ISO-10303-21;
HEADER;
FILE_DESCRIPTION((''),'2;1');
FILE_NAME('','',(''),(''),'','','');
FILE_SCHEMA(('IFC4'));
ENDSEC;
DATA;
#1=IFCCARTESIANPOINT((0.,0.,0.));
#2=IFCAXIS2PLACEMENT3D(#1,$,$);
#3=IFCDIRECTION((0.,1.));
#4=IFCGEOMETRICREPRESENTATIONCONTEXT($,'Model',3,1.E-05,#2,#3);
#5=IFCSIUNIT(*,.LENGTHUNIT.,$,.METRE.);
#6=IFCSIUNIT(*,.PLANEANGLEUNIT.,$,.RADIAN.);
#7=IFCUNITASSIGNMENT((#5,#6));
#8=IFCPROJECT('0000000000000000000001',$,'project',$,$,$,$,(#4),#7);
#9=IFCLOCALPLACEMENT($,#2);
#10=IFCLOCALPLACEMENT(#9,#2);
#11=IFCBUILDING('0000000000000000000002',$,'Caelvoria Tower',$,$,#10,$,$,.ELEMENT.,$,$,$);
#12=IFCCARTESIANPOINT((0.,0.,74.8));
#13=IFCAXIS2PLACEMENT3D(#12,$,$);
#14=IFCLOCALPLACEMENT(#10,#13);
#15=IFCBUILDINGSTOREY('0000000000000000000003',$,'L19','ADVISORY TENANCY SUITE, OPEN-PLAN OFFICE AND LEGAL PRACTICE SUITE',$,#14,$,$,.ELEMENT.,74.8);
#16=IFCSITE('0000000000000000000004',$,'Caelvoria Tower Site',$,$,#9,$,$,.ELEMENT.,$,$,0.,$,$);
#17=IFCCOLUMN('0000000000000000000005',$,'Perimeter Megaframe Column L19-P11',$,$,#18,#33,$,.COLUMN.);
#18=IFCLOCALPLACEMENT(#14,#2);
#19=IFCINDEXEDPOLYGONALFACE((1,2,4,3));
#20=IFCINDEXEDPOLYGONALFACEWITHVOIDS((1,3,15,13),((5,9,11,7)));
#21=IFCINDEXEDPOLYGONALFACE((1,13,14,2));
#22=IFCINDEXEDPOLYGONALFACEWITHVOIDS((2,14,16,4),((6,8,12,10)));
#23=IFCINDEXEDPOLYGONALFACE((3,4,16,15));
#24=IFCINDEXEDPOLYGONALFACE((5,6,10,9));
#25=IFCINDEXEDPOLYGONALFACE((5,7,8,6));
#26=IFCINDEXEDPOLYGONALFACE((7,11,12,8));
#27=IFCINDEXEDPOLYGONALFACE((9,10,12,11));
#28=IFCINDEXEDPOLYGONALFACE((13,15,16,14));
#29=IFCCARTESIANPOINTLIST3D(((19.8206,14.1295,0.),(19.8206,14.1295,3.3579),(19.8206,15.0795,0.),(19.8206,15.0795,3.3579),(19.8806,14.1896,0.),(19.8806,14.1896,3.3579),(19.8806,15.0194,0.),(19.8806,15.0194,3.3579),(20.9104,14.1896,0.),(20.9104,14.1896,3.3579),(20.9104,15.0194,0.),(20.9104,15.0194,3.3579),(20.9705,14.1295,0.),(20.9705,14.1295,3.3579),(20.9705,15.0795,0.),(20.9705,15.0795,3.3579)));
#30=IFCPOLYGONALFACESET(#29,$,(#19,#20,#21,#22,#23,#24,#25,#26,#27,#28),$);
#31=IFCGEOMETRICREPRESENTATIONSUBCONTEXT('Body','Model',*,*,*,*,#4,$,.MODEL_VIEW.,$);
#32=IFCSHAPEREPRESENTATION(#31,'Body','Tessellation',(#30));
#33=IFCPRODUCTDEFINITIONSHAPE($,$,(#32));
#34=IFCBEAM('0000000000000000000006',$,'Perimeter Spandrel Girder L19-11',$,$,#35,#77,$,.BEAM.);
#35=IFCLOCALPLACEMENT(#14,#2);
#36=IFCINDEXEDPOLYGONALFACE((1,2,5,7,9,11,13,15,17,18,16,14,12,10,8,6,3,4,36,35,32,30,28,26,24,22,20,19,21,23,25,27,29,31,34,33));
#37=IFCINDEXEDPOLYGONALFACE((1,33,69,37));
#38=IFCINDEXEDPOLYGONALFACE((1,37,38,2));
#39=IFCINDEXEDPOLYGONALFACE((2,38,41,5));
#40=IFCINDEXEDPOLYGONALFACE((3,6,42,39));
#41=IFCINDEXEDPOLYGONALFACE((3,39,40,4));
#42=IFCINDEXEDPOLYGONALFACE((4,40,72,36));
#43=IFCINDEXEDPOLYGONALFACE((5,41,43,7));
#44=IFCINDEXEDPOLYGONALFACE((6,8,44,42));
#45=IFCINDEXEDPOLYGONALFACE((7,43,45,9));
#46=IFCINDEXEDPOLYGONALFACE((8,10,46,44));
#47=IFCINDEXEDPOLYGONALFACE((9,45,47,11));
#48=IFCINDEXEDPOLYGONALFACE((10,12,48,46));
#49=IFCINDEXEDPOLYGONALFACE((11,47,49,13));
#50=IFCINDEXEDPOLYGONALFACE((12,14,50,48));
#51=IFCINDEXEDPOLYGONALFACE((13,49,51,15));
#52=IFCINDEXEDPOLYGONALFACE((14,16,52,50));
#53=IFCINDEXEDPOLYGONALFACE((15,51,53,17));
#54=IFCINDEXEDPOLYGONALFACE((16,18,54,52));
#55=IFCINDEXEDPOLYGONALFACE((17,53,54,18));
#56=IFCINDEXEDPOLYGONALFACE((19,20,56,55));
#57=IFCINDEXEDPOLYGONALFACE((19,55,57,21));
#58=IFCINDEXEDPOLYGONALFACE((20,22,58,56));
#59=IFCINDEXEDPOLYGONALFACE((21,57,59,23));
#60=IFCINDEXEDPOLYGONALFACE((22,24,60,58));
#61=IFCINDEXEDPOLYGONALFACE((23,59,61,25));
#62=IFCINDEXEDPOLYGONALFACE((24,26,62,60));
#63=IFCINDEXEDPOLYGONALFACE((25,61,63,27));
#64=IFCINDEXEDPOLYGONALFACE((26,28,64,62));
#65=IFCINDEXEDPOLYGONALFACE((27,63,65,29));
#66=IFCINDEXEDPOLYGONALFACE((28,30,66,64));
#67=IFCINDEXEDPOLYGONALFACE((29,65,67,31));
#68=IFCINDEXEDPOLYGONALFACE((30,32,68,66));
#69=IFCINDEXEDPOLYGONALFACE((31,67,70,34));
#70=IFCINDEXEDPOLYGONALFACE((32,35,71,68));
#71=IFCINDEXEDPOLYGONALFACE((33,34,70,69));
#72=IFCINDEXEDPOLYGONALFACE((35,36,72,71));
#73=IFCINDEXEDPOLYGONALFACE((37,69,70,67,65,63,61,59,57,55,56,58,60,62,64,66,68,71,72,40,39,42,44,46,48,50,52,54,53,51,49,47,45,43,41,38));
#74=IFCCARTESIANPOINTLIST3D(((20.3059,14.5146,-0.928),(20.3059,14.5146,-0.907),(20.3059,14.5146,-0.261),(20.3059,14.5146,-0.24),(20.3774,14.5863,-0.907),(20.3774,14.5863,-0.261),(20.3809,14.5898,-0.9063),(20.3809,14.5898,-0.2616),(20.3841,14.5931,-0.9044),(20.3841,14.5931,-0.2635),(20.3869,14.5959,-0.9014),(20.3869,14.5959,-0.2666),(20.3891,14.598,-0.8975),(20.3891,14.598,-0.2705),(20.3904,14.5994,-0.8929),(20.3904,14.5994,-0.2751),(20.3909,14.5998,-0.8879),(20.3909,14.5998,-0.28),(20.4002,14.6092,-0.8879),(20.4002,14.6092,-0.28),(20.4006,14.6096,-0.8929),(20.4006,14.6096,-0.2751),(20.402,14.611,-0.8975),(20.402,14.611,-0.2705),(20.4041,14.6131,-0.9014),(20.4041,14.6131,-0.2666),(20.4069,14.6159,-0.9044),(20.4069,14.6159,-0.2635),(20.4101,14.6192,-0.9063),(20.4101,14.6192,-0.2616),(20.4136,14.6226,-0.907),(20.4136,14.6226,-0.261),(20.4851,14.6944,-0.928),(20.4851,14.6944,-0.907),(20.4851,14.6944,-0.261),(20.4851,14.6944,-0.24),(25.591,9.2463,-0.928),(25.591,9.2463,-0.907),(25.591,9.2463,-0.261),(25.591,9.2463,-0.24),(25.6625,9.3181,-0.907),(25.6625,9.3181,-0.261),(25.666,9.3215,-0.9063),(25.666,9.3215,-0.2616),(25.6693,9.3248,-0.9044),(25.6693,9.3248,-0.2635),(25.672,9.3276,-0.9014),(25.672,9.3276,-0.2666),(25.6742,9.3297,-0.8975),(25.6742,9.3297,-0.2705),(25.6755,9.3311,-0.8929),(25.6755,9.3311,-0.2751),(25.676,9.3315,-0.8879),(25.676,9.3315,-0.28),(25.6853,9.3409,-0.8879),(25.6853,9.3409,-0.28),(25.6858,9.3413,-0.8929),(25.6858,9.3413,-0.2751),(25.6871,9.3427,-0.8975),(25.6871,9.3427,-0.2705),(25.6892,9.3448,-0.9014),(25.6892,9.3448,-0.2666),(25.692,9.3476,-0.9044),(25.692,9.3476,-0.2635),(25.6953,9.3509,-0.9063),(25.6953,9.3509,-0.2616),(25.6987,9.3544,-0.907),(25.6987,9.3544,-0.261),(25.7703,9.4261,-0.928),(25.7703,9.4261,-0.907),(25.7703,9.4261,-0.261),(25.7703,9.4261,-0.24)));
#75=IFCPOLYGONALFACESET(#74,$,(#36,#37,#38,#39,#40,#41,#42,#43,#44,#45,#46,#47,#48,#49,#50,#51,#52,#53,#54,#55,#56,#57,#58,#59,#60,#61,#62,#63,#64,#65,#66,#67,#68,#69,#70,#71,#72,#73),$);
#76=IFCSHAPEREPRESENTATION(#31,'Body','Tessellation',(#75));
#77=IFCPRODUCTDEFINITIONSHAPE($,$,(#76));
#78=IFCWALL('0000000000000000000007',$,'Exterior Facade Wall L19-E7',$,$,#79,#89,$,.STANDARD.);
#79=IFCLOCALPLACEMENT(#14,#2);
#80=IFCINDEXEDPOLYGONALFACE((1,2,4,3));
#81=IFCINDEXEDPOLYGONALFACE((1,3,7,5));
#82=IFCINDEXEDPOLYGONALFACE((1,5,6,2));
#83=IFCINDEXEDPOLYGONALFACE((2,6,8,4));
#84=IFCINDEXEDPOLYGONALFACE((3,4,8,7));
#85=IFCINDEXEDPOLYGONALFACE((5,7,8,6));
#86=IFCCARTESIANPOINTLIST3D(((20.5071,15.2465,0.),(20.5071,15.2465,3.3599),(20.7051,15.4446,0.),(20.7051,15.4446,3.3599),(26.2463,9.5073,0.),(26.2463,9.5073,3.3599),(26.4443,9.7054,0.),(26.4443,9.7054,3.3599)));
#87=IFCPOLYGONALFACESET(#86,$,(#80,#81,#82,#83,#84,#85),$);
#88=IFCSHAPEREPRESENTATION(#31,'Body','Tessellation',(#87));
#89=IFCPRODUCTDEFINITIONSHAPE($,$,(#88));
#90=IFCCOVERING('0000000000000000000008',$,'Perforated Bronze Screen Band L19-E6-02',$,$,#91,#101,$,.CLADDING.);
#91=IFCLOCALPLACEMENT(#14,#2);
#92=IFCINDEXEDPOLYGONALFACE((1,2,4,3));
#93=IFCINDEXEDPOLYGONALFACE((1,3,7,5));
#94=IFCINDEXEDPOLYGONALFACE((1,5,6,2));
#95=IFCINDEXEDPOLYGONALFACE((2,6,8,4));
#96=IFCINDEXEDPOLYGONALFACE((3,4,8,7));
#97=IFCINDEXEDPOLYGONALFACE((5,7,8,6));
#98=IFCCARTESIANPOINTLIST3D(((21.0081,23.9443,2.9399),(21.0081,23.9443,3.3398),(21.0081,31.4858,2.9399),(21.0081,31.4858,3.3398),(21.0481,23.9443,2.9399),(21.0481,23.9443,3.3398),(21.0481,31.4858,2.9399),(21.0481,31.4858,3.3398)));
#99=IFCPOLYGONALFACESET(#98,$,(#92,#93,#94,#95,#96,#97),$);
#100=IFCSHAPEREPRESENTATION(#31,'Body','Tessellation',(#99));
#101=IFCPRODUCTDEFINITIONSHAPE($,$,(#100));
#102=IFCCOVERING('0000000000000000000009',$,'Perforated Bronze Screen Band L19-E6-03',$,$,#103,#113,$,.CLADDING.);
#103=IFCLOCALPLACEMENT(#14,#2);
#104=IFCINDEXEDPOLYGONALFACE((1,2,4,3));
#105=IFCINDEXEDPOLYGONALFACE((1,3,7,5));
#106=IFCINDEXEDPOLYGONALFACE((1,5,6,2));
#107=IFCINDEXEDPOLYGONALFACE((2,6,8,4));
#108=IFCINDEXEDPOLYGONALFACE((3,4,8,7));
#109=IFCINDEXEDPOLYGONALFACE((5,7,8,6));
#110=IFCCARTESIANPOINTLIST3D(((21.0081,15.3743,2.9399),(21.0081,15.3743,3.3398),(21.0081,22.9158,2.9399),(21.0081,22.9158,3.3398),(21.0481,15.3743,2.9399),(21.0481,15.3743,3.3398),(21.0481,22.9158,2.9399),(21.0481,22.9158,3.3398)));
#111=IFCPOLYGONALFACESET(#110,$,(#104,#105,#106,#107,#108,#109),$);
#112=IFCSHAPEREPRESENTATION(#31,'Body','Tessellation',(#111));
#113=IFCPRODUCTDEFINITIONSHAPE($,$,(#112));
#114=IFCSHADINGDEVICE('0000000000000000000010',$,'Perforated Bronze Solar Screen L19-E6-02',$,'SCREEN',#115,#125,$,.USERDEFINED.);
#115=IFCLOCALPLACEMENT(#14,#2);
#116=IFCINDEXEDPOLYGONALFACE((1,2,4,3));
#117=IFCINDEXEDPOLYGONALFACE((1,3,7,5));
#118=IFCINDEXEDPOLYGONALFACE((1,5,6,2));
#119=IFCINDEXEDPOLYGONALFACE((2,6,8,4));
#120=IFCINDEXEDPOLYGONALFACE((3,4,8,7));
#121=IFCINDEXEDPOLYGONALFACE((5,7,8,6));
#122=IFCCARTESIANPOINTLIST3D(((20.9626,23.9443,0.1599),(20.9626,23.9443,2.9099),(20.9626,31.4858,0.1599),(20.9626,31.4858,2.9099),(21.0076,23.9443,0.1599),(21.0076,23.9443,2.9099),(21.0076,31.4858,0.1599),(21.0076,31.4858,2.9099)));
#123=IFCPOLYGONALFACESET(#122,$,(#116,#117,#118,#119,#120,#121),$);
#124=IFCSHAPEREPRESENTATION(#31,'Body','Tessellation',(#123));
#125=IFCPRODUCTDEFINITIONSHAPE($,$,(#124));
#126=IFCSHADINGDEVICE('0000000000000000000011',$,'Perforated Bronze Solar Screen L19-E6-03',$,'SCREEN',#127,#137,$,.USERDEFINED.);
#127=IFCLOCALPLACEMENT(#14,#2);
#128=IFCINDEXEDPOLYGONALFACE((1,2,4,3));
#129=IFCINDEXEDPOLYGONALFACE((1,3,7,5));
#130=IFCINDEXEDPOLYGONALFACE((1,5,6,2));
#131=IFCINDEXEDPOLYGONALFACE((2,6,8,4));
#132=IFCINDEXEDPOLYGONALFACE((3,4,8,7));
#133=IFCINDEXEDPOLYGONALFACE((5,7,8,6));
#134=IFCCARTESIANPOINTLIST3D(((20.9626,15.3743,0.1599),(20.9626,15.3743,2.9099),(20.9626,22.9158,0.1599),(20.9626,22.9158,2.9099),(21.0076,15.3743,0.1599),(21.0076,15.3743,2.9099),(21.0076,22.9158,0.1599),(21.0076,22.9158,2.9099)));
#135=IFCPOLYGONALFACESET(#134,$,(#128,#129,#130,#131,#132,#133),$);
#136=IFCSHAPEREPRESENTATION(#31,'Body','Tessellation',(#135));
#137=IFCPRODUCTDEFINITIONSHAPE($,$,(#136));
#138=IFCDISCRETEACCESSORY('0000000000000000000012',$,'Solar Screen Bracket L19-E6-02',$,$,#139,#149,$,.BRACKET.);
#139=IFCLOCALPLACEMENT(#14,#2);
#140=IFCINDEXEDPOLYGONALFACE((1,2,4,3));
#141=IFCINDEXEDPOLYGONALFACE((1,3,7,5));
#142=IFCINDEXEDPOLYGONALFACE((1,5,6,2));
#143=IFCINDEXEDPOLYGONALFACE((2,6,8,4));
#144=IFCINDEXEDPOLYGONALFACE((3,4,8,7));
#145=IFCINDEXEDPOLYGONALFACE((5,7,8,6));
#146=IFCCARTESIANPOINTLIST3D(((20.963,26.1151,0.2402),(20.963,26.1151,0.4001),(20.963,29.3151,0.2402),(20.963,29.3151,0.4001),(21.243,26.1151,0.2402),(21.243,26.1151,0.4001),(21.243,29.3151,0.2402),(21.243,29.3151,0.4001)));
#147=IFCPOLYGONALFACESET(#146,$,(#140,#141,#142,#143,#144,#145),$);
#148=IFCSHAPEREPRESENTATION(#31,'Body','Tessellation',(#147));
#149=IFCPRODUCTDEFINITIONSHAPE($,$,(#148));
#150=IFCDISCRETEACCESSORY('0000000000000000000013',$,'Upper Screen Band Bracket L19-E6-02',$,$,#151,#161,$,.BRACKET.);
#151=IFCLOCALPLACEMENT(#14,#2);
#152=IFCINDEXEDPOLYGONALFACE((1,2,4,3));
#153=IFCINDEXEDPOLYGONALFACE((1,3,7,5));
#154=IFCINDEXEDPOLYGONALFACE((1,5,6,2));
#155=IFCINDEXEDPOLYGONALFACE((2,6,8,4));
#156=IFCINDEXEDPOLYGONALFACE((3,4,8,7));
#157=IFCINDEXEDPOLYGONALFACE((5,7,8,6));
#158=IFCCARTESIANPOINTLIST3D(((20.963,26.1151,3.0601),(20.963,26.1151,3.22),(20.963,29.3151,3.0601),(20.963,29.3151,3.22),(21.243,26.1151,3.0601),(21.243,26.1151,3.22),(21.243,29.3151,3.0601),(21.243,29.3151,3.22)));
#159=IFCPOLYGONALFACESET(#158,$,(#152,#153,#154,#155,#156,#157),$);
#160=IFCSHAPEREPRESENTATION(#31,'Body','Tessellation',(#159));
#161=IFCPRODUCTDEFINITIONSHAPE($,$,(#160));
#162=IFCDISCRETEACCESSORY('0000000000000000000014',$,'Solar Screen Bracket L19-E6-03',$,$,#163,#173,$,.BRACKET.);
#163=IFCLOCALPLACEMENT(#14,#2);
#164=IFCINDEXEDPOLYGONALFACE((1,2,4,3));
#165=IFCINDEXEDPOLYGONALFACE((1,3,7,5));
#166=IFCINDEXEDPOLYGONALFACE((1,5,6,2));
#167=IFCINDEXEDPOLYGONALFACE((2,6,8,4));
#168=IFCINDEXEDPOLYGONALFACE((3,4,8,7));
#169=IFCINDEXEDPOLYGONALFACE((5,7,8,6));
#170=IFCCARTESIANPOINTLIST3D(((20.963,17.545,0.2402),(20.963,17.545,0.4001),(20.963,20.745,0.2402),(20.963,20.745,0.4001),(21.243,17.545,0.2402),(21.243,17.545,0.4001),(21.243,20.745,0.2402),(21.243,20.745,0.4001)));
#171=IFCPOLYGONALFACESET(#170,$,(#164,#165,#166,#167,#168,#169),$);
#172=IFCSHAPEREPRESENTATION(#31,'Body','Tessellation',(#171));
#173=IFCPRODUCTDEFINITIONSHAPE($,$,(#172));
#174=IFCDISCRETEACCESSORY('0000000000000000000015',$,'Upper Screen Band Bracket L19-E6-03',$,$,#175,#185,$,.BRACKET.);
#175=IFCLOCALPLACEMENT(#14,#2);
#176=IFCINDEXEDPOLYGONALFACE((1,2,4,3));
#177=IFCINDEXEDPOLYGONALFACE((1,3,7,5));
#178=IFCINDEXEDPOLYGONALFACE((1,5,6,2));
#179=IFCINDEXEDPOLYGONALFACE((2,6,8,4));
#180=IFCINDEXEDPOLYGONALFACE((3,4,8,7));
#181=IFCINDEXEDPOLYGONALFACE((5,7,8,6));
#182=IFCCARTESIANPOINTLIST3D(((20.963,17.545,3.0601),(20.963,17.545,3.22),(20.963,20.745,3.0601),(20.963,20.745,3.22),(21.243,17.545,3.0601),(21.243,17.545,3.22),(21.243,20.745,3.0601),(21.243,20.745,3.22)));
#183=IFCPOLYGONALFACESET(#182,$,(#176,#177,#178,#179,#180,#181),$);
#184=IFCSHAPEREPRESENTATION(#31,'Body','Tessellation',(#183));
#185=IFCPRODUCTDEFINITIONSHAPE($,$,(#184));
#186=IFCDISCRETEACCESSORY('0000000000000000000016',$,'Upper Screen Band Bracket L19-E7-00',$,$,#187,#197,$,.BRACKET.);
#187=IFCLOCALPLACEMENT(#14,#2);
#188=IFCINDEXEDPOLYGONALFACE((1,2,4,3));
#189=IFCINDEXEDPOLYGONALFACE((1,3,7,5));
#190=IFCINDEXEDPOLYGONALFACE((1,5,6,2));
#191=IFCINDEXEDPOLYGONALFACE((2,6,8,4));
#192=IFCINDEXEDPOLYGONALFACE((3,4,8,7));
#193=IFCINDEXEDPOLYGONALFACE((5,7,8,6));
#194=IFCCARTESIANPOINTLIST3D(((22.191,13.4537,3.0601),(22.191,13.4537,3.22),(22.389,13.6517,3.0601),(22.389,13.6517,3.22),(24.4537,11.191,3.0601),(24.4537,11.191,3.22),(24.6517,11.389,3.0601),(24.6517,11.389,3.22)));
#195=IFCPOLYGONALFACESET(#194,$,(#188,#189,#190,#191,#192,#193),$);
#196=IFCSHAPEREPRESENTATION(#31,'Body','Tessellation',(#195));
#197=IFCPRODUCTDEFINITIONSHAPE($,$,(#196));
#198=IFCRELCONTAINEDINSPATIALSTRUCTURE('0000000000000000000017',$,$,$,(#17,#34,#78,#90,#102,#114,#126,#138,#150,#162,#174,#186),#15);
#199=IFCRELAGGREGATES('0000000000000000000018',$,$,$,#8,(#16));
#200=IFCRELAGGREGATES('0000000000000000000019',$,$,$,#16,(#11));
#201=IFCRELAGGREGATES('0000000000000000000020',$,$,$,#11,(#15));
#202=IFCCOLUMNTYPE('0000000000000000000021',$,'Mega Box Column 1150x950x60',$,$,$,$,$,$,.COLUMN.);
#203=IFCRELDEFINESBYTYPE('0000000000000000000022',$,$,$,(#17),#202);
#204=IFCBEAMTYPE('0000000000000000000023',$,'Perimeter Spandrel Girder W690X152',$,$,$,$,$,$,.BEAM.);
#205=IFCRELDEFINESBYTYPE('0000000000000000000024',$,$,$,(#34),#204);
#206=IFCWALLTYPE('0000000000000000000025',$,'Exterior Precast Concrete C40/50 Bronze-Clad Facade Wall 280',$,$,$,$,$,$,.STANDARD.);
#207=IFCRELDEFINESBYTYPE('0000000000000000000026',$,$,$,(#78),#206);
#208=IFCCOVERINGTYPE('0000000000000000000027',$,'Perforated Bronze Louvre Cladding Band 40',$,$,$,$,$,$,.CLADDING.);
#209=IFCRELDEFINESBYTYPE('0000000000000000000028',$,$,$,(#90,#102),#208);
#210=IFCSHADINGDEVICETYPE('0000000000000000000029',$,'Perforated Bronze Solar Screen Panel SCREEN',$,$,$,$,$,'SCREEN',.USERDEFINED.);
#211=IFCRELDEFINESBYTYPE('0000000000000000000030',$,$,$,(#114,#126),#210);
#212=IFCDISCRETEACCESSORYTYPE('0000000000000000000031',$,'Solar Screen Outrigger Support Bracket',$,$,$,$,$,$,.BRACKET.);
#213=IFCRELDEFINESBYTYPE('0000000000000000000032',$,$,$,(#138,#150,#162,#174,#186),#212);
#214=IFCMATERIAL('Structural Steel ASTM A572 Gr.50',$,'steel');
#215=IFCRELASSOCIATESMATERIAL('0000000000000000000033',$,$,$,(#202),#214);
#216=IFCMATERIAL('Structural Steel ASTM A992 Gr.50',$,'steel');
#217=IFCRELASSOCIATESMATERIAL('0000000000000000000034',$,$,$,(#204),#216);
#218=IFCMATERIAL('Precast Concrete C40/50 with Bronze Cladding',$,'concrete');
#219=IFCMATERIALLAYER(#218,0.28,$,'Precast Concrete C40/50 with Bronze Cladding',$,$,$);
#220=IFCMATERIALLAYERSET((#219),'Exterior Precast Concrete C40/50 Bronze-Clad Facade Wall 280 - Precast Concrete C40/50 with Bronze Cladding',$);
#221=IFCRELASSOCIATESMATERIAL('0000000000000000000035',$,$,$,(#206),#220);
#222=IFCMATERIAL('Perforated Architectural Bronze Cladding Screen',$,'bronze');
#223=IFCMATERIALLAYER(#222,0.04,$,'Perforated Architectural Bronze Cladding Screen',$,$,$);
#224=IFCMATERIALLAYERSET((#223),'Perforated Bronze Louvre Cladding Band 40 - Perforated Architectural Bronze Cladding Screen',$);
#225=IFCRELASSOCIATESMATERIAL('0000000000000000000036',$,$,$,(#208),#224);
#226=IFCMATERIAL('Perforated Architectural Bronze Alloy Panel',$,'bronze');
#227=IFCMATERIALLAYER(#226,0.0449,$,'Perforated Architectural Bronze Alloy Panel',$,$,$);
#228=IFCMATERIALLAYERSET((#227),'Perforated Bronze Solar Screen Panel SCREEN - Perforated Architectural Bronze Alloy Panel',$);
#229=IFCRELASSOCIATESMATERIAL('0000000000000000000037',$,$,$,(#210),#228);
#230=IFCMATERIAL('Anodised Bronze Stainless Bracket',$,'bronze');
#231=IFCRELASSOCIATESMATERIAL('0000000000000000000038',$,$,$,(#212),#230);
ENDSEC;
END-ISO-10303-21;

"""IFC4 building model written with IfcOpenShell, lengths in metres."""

from ifc_helpers import new_model, si_unit, direction, frame, frame_2d, origin, origin_2d, place, context, subcontext, project, spatial, rectangle, hollow_rectangle, i_section, extrude, material, layer, layer_set, material_profile, profile_set, type_object, element, save


model = new_model("IFC4")

# Units and contexts
model_context = context("Model", 3, precision=1e-05, world=origin(), true_north=direction((0.0, 1.0)))
body_context = subcontext(model_context, "Body", "Model", "MODEL_VIEW")
ifc_project = project(units=[si_unit("LENGTHUNIT", "METRE"), si_unit("PLANEANGLEUNIT", "RADIAN")], contexts=[model_context])

# Site, building, storey
site_placement = place(None, origin())
site = spatial("IfcSite", under=ifc_project, at=site_placement, Name="Caelvoria Tower Site", CompositionType="ELEMENT", RefElevation=0.0)
building_placement = place(site_placement, origin())
building = spatial("IfcBuilding", under=site, at=building_placement, Name="Caelvoria Tower", CompositionType="ELEMENT")
storey_placement = place(building_placement, frame((0.0, 0.0, 74.8)))
storey = spatial("IfcBuildingStorey", under=building, at=storey_placement, Name="L19", Description="ADVISORY TENANCY SUITE, OPEN-PLAN OFFICE AND LEGAL PRACTICE SUITE", CompositionType="ELEMENT", Elevation=74.8)

# Column
ifc_material_1 = material(Name="Structural Steel ASTM A572 Gr.50", Category="steel")
ifc_material_profile_1 = material_profile(ifc_material_1, hollow_rectangle(XDim=0.95, YDim=1.1499, WallThickness=0.0601, at=origin_2d()), Name="Structural Steel ASTM A572 Gr.50")
ifc_profile_set_1 = profile_set([ifc_material_profile_1], Name="BOX1150X950X60 - Structural Steel ASTM A572 Gr.50")
column_type = type_object("IfcColumnType", Name="Mega Box Column 1150x950x60", PredefinedType="COLUMN", material=ifc_profile_set_1)
column_placement = place(storey_placement, frame((20.3955, 14.6045, 0.0), z_axis=(0.0, 0.0, 1.0), x_axis=(0.0, 1.0, 0.0)))
element("IfcColumn", 1, at=column_placement, inside=storey, type_object=column_type, Name="Perimeter Megaframe Column L19-P11", PredefinedType="COLUMN", context=body_context, shape_type="SweptSolid", body=[
    extrude(hollow_rectangle(XDim=0.95, YDim=1.1499, WallThickness=0.0601, at=origin_2d()), origin(), (0.0, 0.0, 1.0), 3.3579),
])

# Beam
ifc_material_2 = material(Name="Structural Steel ASTM A992 Gr.50", Category="steel")
ifc_material_profile_2 = material_profile(ifc_material_2, i_section(OverallWidth=0.2539, OverallDepth=0.688, WebThickness=0.0132, FlangeThickness=0.021, FilletRadius=0.019, at=origin_2d()), Name="Structural Steel ASTM A992 Gr.50")
ifc_profile_set_2 = profile_set([ifc_material_profile_2], Name="W690X152 - Structural Steel ASTM A992 Gr.50")
beam_type = type_object("IfcBeamType", Name="Perimeter Spandrel Girder W690X152", PredefinedType="BEAM", material=ifc_profile_set_2)
beam_placement = place(storey_placement, frame((20.3955, 14.6045, -0.584), z_axis=(0.708235, -0.705977, 0.0), x_axis=(0.705977, 0.708235, 0.0)))
element("IfcBeam", 2, at=beam_placement, inside=storey, type_object=beam_type, Name="Perimeter Spandrel Girder L19-11", PredefinedType="BEAM", context=body_context, shape_type="SweptSolid", body=[
    extrude(i_section(OverallWidth=0.2539, OverallDepth=0.688, WebThickness=0.0132, FlangeThickness=0.021, FilletRadius=0.019, at=origin_2d()), origin(), (0.0, 0.0, 1.0), 7.4624),
])

# Wall
ifc_material_3 = material(Name="Precast Concrete C40/50 with Bronze Cladding", Category="concrete")
ifc_layer_1 = layer(ifc_material_3, 0.28, Name="Precast Concrete C40/50 with Bronze Cladding")
ifc_layer_set_1 = layer_set([ifc_layer_1], Name="Exterior Precast Concrete C40/50 Bronze-Clad Facade Wall 280 - Precast Concrete C40/50 with Bronze Cladding")
wall_type = type_object("IfcWallType", Name="Exterior Precast Concrete C40/50 Bronze-Clad Facade Wall 280", PredefinedType="STANDARD", material=ifc_layer_set_1)
wall_placement = place(storey_placement, frame((20.6062, 15.3455, 0.0), z_axis=(0.0, 0.0, 1.0), x_axis=(0.707107, -0.707107, 0.0)))
element("IfcWall", 3, at=wall_placement, inside=storey, type_object=wall_type, Name="Exterior Facade Wall L19-E7", PredefinedType="STANDARD", context=body_context, shape_type="SweptSolid", body=[
    extrude(rectangle(XDim=8.1165, YDim=0.28, at=frame_2d((4.0581, 0.0))), origin(), (0.0, 0.0, 1.0), 3.3599),
])

# Coverings
ifc_material_4 = material(Name="Perforated Architectural Bronze Cladding Screen", Category="bronze")
ifc_layer_2 = layer(ifc_material_4, 0.04, Name="Perforated Architectural Bronze Cladding Screen")
ifc_layer_set_2 = layer_set([ifc_layer_2], Name="Perforated Bronze Louvre Cladding Band 40 - Perforated Architectural Bronze Cladding Screen")
covering_type = type_object("IfcCoveringType", Name="Perforated Bronze Louvre Cladding Band 40", PredefinedType="CLADDING", material=ifc_layer_set_2)
for number, where, z_axis, x_axis, name in (
    (4, (21.0281, 27.7151, 2.9399), (0.0, 0.0, 1.0), (0.0, -1.0, 0.0), "Perforated Bronze Screen Band L19-E6-02"),
    (5, (21.0281, 19.145, 2.9399), (0.0, 0.0, 1.0), (0.0, -1.0, 0.0), "Perforated Bronze Screen Band L19-E6-03"),
):
    element("IfcCovering", number, at=place(storey_placement, frame(where, z_axis=z_axis, x_axis=x_axis)), inside=storey, type_object=covering_type, Name=name, PredefinedType="CLADDING", context=body_context, shape_type="SweptSolid", body=[
        extrude(rectangle(XDim=7.5415, YDim=0.04, at=origin_2d()), origin(), (0.0, 0.0, 1.0), 0.3999),
    ])

# Shading devices
ifc_material_5 = material(Name="Perforated Architectural Bronze Alloy Panel", Category="bronze")
ifc_layer_3 = layer(ifc_material_5, 0.0449, Name="Perforated Architectural Bronze Alloy Panel")
ifc_layer_set_3 = layer_set([ifc_layer_3], Name="Perforated Bronze Solar Screen Panel SCREEN - Perforated Architectural Bronze Alloy Panel")
shading_device_type = type_object("IfcShadingDeviceType", Name="Perforated Bronze Solar Screen Panel SCREEN", ElementType="SCREEN", PredefinedType="USERDEFINED", material=ifc_layer_set_3)
for number, where, z_axis, x_axis, name in (
    (6, (20.9851, 27.7151, 0.1599), (0.0, 0.0, 1.0), (0.0, -1.0, 0.0), "Perforated Bronze Solar Screen L19-E6-02"),
    (7, (20.9851, 19.145, 0.1599), (0.0, 0.0, 1.0), (0.0, -1.0, 0.0), "Perforated Bronze Solar Screen L19-E6-03"),
):
    element("IfcShadingDevice", number, at=place(storey_placement, frame(where, z_axis=z_axis, x_axis=x_axis)), inside=storey, type_object=shading_device_type, Name=name, ObjectType="SCREEN", PredefinedType="USERDEFINED", context=body_context, shape_type="SweptSolid", body=[
        extrude(rectangle(XDim=7.5415, YDim=0.0449, at=origin_2d()), origin(), (0.0, 0.0, 1.0), 2.75),
    ])

# Discrete accessories
ifc_material_6 = material(Name="Anodised Bronze Stainless Bracket", Category="bronze")
discrete_accessory_type = type_object("IfcDiscreteAccessoryType", Name="Solar Screen Outrigger Support Bracket", PredefinedType="BRACKET", material=ifc_material_6)
for number, where, z_axis, x_axis, name in (
    (8, (21.103, 27.7151, 0.2402), (0.0, 0.0, 1.0), (0.0, -1.0, 0.0), "Solar Screen Bracket L19-E6-02"),
    (9, (21.103, 27.7151, 3.0601), (0.0, 0.0, 1.0), (0.0, -1.0, 0.0), "Upper Screen Band Bracket L19-E6-02"),
    (10, (21.103, 19.145, 0.2402), (0.0, 0.0, 1.0), (0.0, -1.0, 0.0), "Solar Screen Bracket L19-E6-03"),
    (11, (21.103, 19.145, 3.0601), (0.0, 0.0, 1.0), (0.0, -1.0, 0.0), "Upper Screen Band Bracket L19-E6-03"),
    (12, (23.4214, 12.4214, 3.0601), (0.0, 0.0, 1.0), (0.707107, -0.707107, 0.0), "Upper Screen Band Bracket L19-E7-00"),
):
    element("IfcDiscreteAccessory", number, at=place(storey_placement, frame(where, z_axis=z_axis, x_axis=x_axis)), inside=storey, type_object=discrete_accessory_type, Name=name, PredefinedType="BRACKET", context=body_context, shape_type="SweptSolid", body=[
        extrude(rectangle(XDim=3.2, YDim=0.28, at=origin_2d()), origin(), (0.0, 0.0, 1.0), 0.1599),
    ])

save(model, "model.ifc")
